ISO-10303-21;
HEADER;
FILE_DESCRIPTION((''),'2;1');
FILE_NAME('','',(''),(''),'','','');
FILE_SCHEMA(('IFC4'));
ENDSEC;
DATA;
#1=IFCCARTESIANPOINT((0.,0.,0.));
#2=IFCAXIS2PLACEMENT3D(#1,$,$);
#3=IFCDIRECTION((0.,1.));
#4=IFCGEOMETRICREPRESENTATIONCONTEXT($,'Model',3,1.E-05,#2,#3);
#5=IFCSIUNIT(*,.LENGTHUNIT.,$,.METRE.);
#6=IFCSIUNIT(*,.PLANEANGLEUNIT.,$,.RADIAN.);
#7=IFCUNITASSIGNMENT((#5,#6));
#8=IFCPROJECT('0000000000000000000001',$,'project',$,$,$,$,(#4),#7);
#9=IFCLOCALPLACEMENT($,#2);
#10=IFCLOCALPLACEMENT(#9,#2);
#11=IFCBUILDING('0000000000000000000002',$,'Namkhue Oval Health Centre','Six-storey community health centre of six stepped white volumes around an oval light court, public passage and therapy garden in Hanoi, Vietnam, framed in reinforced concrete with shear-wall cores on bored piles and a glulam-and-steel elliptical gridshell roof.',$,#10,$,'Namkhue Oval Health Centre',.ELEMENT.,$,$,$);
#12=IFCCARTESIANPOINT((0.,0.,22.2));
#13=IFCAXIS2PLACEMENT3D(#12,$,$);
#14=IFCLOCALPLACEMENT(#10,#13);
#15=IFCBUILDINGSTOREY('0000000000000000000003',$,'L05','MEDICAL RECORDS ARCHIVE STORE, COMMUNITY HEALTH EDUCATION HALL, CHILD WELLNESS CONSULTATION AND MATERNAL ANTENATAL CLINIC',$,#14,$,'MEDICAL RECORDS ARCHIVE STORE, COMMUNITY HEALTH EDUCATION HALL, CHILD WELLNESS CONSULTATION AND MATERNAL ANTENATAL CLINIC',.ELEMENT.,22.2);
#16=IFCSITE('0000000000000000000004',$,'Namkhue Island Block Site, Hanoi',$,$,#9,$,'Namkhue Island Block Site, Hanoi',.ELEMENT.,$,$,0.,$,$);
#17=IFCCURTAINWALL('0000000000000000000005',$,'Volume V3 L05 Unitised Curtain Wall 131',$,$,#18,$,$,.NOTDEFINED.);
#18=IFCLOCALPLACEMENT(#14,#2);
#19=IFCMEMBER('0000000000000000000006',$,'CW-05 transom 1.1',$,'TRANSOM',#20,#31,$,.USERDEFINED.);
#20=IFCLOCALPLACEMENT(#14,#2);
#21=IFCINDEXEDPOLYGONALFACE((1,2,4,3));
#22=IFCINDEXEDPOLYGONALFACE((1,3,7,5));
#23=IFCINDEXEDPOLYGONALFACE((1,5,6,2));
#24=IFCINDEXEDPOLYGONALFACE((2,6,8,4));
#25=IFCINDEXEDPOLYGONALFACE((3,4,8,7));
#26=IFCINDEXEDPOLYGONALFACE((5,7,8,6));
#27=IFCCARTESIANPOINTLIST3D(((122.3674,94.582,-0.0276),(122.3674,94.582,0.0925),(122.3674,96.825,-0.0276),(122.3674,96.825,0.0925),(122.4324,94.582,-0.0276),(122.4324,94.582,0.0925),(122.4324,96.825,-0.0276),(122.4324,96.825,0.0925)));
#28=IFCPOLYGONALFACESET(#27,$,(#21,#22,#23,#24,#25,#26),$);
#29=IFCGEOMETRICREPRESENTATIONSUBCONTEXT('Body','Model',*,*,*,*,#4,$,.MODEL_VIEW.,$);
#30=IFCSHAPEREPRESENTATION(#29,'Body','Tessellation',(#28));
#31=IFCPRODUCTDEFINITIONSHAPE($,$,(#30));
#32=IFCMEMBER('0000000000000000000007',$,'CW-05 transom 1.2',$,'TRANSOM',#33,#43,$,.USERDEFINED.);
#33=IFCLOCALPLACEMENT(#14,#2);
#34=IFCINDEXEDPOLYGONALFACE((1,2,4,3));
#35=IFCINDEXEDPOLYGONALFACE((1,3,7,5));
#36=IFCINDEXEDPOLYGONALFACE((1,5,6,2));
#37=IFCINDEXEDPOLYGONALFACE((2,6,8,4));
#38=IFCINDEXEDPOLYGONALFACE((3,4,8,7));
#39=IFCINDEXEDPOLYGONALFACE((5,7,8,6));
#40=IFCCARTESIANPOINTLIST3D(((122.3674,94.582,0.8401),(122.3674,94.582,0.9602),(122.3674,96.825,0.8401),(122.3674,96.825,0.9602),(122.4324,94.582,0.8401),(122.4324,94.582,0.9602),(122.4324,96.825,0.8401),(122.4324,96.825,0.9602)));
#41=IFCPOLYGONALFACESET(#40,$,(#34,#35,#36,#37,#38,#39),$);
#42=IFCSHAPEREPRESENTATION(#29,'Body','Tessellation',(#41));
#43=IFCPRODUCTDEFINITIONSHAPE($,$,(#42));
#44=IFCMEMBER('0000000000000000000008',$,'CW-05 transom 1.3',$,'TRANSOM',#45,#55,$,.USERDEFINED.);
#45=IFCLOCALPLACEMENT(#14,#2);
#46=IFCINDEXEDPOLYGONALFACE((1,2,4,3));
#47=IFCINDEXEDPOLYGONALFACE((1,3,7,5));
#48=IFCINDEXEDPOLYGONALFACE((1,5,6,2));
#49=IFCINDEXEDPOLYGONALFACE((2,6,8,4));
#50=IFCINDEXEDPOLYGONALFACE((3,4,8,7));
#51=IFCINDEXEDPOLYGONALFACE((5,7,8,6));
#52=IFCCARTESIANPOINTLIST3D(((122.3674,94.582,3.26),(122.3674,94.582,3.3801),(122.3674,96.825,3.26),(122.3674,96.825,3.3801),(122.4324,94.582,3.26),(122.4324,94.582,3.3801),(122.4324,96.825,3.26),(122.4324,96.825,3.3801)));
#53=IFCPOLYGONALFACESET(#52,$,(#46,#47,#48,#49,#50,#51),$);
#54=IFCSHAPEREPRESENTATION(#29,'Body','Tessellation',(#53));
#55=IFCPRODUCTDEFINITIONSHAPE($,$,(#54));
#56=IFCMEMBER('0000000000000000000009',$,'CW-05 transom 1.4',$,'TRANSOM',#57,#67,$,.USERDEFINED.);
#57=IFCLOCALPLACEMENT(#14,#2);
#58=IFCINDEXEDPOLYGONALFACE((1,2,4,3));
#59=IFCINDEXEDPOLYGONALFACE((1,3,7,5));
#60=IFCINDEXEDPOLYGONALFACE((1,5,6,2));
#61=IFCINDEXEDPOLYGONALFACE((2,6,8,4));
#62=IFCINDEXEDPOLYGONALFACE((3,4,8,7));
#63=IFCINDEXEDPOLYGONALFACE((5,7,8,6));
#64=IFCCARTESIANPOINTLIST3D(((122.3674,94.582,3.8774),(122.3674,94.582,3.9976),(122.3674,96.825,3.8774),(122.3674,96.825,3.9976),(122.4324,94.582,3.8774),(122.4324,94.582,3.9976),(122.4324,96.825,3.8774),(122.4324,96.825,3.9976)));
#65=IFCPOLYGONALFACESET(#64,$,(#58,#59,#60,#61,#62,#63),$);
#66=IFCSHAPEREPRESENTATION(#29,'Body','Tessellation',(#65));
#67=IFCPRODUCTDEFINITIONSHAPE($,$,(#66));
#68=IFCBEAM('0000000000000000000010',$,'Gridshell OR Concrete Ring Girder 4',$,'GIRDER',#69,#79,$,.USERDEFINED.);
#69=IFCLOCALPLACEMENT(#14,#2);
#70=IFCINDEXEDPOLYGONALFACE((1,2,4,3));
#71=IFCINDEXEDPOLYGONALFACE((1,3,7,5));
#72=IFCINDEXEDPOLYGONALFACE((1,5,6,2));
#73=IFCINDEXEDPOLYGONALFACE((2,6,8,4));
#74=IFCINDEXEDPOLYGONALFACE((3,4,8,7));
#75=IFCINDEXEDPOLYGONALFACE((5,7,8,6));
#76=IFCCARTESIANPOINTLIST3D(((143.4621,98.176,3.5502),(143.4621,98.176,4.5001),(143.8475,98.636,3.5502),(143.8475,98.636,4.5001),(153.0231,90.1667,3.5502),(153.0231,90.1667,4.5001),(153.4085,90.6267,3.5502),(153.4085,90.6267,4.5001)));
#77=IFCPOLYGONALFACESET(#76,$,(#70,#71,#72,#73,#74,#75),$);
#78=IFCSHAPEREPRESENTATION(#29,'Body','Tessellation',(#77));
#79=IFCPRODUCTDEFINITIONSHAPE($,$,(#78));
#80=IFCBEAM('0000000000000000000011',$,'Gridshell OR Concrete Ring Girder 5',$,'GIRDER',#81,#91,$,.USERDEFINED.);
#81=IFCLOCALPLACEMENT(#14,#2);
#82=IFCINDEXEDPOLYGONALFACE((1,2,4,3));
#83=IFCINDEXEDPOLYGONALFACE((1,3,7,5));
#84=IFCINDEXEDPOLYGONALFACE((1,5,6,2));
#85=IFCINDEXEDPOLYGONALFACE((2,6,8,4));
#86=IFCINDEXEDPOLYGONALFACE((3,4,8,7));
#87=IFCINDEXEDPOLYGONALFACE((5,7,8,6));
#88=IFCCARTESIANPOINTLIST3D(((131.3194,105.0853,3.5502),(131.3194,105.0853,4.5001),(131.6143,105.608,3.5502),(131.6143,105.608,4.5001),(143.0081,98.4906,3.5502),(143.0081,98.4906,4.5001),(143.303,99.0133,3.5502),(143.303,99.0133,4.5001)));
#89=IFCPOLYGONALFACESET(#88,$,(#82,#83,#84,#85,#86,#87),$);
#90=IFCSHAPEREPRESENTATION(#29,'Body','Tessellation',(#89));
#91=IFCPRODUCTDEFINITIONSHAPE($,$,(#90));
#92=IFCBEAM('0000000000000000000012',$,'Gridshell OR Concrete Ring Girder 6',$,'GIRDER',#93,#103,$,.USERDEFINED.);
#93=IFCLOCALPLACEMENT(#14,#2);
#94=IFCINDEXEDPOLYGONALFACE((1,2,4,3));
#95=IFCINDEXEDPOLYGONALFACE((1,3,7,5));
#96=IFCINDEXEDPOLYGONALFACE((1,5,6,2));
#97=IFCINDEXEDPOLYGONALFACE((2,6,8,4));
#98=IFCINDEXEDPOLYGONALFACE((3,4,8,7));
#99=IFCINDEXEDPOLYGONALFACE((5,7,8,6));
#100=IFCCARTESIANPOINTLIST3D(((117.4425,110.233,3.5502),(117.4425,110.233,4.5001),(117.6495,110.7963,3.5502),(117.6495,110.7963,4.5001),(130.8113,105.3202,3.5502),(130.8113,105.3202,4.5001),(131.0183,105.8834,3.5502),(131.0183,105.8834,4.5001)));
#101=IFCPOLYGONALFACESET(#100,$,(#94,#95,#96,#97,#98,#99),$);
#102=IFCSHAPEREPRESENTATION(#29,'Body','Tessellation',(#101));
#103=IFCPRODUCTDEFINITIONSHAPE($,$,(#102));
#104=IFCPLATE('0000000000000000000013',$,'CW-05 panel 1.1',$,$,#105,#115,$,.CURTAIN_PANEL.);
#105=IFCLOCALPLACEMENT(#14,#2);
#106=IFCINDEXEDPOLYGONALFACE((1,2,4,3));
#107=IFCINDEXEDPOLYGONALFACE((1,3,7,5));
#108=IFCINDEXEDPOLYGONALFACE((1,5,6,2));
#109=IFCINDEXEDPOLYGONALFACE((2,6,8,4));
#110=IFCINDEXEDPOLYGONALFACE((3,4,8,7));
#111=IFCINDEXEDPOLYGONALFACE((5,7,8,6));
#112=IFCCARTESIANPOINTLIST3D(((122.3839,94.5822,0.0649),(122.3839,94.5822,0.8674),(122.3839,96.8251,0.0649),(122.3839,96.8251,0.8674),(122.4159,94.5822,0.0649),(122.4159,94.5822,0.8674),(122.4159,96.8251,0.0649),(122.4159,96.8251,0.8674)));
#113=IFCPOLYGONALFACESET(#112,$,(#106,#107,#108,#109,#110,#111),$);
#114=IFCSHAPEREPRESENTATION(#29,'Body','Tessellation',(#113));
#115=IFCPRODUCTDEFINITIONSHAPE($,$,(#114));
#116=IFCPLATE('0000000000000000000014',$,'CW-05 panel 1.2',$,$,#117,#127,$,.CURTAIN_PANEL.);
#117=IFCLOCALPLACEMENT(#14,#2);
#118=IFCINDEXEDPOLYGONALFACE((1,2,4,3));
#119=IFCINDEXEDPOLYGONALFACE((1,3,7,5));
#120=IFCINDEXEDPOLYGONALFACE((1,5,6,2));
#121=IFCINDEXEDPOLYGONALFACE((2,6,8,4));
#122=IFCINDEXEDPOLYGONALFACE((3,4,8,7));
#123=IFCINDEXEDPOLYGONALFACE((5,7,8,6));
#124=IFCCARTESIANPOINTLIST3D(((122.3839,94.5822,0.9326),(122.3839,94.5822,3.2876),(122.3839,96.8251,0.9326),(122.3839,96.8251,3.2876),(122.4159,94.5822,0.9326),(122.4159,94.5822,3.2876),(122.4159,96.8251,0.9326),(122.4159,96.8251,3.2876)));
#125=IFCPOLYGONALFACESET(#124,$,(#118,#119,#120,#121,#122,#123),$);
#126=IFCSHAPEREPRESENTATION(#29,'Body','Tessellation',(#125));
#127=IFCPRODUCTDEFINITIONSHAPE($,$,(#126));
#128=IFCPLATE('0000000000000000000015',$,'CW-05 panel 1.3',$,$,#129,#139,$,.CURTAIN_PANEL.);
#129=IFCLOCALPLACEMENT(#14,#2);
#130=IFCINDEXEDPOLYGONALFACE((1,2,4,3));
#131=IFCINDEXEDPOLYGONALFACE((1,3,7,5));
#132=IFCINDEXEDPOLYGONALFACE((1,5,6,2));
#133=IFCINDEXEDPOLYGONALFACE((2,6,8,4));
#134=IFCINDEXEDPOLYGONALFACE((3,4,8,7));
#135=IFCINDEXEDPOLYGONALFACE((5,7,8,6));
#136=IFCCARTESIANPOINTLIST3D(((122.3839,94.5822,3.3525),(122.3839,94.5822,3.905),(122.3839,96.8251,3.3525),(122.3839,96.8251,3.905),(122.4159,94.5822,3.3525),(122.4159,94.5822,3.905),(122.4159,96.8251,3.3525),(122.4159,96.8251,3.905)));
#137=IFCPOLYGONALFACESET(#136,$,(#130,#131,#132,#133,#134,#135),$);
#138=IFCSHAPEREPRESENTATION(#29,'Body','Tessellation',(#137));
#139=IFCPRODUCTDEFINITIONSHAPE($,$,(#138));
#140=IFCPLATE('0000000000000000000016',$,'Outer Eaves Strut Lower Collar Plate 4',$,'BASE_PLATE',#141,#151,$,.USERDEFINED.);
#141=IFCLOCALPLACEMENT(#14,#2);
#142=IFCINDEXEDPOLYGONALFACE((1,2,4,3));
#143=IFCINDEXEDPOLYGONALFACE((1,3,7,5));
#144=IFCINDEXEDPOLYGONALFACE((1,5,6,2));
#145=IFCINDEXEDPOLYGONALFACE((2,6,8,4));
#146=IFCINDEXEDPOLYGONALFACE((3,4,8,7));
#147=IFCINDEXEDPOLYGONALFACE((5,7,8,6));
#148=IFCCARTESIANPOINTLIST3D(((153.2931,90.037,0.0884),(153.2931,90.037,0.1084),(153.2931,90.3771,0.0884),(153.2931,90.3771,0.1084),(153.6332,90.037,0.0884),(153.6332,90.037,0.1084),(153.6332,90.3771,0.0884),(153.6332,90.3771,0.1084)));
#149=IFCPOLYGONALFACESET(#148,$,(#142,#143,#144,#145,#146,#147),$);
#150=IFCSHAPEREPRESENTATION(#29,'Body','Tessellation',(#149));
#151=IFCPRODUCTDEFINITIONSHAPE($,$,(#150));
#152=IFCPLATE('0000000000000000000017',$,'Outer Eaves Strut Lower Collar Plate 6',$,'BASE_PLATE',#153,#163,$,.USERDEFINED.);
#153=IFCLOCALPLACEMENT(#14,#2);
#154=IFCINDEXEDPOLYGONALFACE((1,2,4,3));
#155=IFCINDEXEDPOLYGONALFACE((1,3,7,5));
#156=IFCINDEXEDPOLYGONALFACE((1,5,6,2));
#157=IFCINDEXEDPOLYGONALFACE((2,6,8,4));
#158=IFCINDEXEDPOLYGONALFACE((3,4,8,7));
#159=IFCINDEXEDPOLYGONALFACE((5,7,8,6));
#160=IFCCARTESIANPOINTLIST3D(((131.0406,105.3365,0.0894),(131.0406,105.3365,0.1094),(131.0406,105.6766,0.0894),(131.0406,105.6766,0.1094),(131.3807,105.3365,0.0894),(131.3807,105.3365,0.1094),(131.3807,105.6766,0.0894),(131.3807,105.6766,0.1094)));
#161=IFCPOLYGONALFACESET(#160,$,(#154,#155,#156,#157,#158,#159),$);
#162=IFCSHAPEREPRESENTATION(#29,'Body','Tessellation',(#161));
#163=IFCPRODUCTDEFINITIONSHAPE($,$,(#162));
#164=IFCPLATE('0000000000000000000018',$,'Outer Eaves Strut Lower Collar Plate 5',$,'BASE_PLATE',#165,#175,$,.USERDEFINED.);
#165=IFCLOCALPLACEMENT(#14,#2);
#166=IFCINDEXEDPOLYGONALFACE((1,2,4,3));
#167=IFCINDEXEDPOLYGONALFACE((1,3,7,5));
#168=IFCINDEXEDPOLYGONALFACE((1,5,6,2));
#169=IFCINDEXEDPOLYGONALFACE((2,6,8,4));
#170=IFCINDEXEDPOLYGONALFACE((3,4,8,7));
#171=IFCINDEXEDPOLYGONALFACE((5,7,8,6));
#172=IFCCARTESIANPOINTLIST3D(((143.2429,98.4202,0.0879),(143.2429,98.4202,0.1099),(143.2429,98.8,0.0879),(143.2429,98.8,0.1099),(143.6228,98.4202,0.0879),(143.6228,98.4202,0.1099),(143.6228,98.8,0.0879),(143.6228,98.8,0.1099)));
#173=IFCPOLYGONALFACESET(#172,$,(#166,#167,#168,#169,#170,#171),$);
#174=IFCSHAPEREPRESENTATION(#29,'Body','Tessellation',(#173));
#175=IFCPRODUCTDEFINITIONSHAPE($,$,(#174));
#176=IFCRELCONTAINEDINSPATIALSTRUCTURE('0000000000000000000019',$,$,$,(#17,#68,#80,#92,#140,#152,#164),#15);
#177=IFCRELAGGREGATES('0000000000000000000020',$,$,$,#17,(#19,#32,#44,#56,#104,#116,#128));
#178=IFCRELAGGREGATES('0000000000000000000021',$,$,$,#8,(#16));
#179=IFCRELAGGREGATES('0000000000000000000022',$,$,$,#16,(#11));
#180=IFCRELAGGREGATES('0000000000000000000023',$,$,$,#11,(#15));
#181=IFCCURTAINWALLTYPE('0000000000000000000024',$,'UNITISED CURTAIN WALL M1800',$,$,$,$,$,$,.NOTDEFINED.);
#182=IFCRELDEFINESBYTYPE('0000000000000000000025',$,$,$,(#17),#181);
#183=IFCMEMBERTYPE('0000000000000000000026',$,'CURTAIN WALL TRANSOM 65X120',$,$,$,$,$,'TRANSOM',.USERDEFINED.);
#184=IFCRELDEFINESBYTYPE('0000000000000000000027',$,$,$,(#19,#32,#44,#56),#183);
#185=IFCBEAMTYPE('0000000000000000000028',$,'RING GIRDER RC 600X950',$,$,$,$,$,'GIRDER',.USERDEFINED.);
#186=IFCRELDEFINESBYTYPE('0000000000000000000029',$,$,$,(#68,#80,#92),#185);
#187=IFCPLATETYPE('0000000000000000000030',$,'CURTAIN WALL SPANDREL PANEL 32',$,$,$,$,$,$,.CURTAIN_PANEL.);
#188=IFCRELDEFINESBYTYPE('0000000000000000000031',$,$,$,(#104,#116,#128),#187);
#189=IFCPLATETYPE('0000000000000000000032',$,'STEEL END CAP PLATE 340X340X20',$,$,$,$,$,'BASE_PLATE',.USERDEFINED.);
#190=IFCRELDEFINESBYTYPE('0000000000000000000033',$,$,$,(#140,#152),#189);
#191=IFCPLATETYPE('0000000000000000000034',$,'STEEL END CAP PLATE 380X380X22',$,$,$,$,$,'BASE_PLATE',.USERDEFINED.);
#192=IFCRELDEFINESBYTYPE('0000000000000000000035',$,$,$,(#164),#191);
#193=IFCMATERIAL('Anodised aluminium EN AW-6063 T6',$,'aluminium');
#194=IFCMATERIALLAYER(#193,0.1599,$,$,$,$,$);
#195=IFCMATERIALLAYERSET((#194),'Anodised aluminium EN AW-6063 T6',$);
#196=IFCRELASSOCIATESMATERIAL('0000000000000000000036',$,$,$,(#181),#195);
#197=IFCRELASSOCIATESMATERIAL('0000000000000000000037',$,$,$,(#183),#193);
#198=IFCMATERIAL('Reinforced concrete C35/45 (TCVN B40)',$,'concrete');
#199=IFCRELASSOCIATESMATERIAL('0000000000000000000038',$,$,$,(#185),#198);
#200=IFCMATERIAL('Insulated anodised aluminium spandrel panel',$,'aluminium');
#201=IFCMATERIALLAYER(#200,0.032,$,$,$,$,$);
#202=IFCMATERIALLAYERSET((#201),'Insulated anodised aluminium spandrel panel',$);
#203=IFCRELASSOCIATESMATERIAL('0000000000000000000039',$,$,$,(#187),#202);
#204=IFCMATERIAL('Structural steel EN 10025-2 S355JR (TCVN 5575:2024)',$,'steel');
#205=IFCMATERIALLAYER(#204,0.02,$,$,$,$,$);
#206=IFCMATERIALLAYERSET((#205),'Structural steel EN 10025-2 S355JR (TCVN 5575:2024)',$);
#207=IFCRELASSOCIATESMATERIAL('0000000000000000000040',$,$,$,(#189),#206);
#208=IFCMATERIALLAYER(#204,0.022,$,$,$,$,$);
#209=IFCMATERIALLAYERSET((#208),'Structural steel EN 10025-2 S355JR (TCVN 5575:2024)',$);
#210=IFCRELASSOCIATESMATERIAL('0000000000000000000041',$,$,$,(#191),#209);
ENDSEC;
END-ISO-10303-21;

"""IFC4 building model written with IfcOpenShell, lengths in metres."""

from ifc_helpers import new_model, si_unit, direction, frame, origin, origin_2d, place, context, subcontext, project, spatial, rectangle, extrude, material, layer, layer_set, material_profile, profile_set, type_object, element, aggregate, save


model = new_model("IFC4")

# Units and contexts
model_context = context("Model", 3, precision=1e-05, world=origin(), true_north=direction((0.0, 1.0)))
body_context = subcontext(model_context, "Body", "Model", "MODEL_VIEW")
ifc_project = project(units=[si_unit("LENGTHUNIT", "METRE"), si_unit("PLANEANGLEUNIT", "RADIAN")], contexts=[model_context])

# Site, building, storey
site_placement = place(None, origin())
site = spatial("IfcSite", under=ifc_project, at=site_placement, Name="Namkhue Island Block Site, Hanoi", LongName="Namkhue Island Block Site, Hanoi", CompositionType="ELEMENT", RefElevation=0.0)
building_placement = place(site_placement, origin())
building = spatial("IfcBuilding", under=site, at=building_placement, Name="Namkhue Oval Health Centre", Description="Six-storey community health centre of six stepped white volumes around an oval light court, public passage and therapy garden in Hanoi, Vietnam, framed in reinforced concrete with shear-wall cores on bored piles and a glulam-and-steel elliptical gridshell roof.", LongName="Namkhue Oval Health Centre", CompositionType="ELEMENT")
storey_placement = place(building_placement, frame((0.0, 0.0, 22.2)))
storey = spatial("IfcBuildingStorey", under=building, at=storey_placement, Name="L05", Description="MEDICAL RECORDS ARCHIVE STORE, COMMUNITY HEALTH EDUCATION HALL, CHILD WELLNESS CONSULTATION AND MATERNAL ANTENATAL CLINIC", LongName="MEDICAL RECORDS ARCHIVE STORE, COMMUNITY HEALTH EDUCATION HALL, CHILD WELLNESS CONSULTATION AND MATERNAL ANTENATAL CLINIC", CompositionType="ELEMENT", Elevation=22.2)

# Shared definitions
ifc_material_1 = material(Name="Reinforced concrete C35/45 (TCVN B40)", Category="concrete")

# Shared definitions
ifc_material_2 = material(Name="Structural steel EN 10025-2 S355JR (TCVN 5575:2024)", Category="steel")

# Curtain wall, members
ifc_material_3 = material(Name="Anodised aluminium EN AW-6063 T6", Category="aluminium")
ifc_layer_1 = layer(ifc_material_3, 0.1599)
ifc_layer_set_1 = layer_set([ifc_layer_1], Name="Anodised aluminium EN AW-6063 T6")
curtain_wall_type = type_object("IfcCurtainWallType", Name="UNITISED CURTAIN WALL M1800", PredefinedType="NOTDEFINED", material=ifc_layer_set_1)
curtain_wall_placement = place(storey_placement, origin())
curtain_wall = element("IfcCurtainWall", 1, at=curtain_wall_placement, inside=storey, type_object=curtain_wall_type, Name="Volume V3 L05 Unitised Curtain Wall 131", PredefinedType="NOTDEFINED")
ifc_material_profile_1 = material_profile(ifc_material_3, rectangle(XDim=0.0649, YDim=0.1201, at=origin_2d()), Name="ALU 65x120")
ifc_profile_set_1 = profile_set([ifc_material_profile_1], Name="Anodised aluminium EN AW-6063 T6")
member_type_1 = type_object("IfcMemberType", Name="CURTAIN WALL TRANSOM 65X120", ElementType="TRANSOM", PredefinedType="USERDEFINED", material=ifc_profile_set_1)
member_1_placement = place(storey_placement, frame((122.3999, 94.582, 0.0325), z_axis=(0.0, 1.0, 0.0), x_axis=(-1.0, 0.0, 0.0)))
member_1 = element("IfcMember", 2, at=member_1_placement, type_object=member_type_1, Name="CW-05 transom 1.1", ObjectType="TRANSOM", PredefinedType="USERDEFINED", context=body_context, shape_type="SweptSolid", body=[
    extrude(rectangle(XDim=0.0649, YDim=0.1201, at=origin_2d()), origin(), (0.0, 0.0, 1.0), 2.2429),
])
member_2_placement = place(storey_placement, frame((122.3999, 94.582, 0.9001), z_axis=(0.0, 1.0, 0.0), x_axis=(-1.0, 0.0, 0.0)))
member_2 = element("IfcMember", 3, at=member_2_placement, type_object=member_type_1, Name="CW-05 transom 1.2", ObjectType="TRANSOM", PredefinedType="USERDEFINED", context=body_context, shape_type="SweptSolid", body=[
    extrude(rectangle(XDim=0.0649, YDim=0.1201, at=origin_2d()), origin(), (0.0, 0.0, 1.0), 2.2429),
])
member_3_placement = place(storey_placement, frame((122.3999, 94.582, 3.3201), z_axis=(0.0, 1.0, 0.0), x_axis=(-1.0, 0.0, 0.0)))
member_3 = element("IfcMember", 4, at=member_3_placement, type_object=member_type_1, Name="CW-05 transom 1.3", ObjectType="TRANSOM", PredefinedType="USERDEFINED", context=body_context, shape_type="SweptSolid", body=[
    extrude(rectangle(XDim=0.0649, YDim=0.1201, at=origin_2d()), origin(), (0.0, 0.0, 1.0), 2.2429),
])
member_4_placement = place(storey_placement, frame((122.3999, 94.582, 3.9375), z_axis=(0.0, 1.0, 0.0), x_axis=(-1.0, 0.0, 0.0)))
member_4 = element("IfcMember", 5, at=member_4_placement, type_object=member_type_1, Name="CW-05 transom 1.4", ObjectType="TRANSOM", PredefinedType="USERDEFINED", context=body_context, shape_type="SweptSolid", body=[
    extrude(rectangle(XDim=0.0649, YDim=0.1201, at=origin_2d()), origin(), (0.0, 0.0, 1.0), 2.2429),
])

# Beams
ifc_material_profile_2 = material_profile(ifc_material_1, rectangle(XDim=0.6001, YDim=0.95, at=origin_2d()), Name="RC 600x950")
ifc_profile_set_2 = profile_set([ifc_material_profile_2], Name="Reinforced concrete C35/45 (TCVN B40)")
beam_type = type_object("IfcBeamType", Name="RING GIRDER RC 600X950", ElementType="GIRDER", PredefinedType="USERDEFINED", material=ifc_profile_set_2)
beam_1_placement = place(storey_placement, frame((153.2158, 90.3967, 4.0251), z_axis=(-0.766573, 0.642158, 0.0), x_axis=(-0.642158, -0.766573, 0.0)))
element("IfcBeam", 6, at=beam_1_placement, inside=storey, type_object=beam_type, Name="Gridshell OR Concrete Ring Girder 4", ObjectType="GIRDER", PredefinedType="USERDEFINED", context=body_context, shape_type="SweptSolid", body=[
    extrude(rectangle(XDim=0.6001, YDim=0.95, at=origin_2d()), origin(), (0.0, 0.0, 1.0), 12.4724),
])
beam_2_placement = place(storey_placement, frame((143.1555, 98.752, 4.0251), z_axis=(-0.870944, 0.491383, 0.0), x_axis=(-0.491383, -0.870944, 0.0)))
element("IfcBeam", 7, at=beam_2_placement, inside=storey, type_object=beam_type, Name="Gridshell OR Concrete Ring Girder 5", ObjectType="GIRDER", PredefinedType="USERDEFINED", context=body_context, shape_type="SweptSolid", body=[
    extrude(rectangle(XDim=0.6001, YDim=0.95, at=origin_2d()), origin(), (0.0, 0.0, 1.0), 13.4207),
])
beam_3_placement = place(storey_placement, frame((130.9148, 105.6018, 4.0251), z_axis=(-0.938628, 0.34493, 0.0), x_axis=(-0.34493, -0.938628, 0.0)))
element("IfcBeam", 8, at=beam_3_placement, inside=storey, type_object=beam_type, Name="Gridshell OR Concrete Ring Girder 6", ObjectType="GIRDER", PredefinedType="USERDEFINED", context=body_context, shape_type="SweptSolid", body=[
    extrude(rectangle(XDim=0.6001, YDim=0.95, at=origin_2d()), origin(), (0.0, 0.0, 1.0), 14.2429),
])

# Plates
ifc_material_4 = material(Name="Insulated anodised aluminium spandrel panel", Category="aluminium")
ifc_layer_2 = layer(ifc_material_4, 0.032)
ifc_layer_set_2 = layer_set([ifc_layer_2], Name="Insulated anodised aluminium spandrel panel")
plate_type_1 = type_object("IfcPlateType", Name="CURTAIN WALL SPANDREL PANEL 32", PredefinedType="CURTAIN_PANEL", material=ifc_layer_set_2)
plate_1_placement = place(storey_placement, frame((122.3999, 95.7036, 0.0649), z_axis=(0.0, 0.0, 1.0), x_axis=(0.0, 1.0, 0.0)))
plate_1 = element("IfcPlate", 9, at=plate_1_placement, type_object=plate_type_1, Name="CW-05 panel 1.1", PredefinedType="CURTAIN_PANEL", context=body_context, shape_type="SweptSolid", body=[
    extrude(rectangle(XDim=2.2429, YDim=0.032, at=origin_2d()), origin(), (0.0, 0.0, 1.0), 0.8025),
])
plate_2_placement = place(storey_placement, frame((122.3999, 95.7036, 0.9326), z_axis=(0.0, 0.0, 1.0), x_axis=(0.0, 1.0, 0.0)))
plate_2 = element("IfcPlate", 10, at=plate_2_placement, type_object=plate_type_1, Name="CW-05 panel 1.2", PredefinedType="CURTAIN_PANEL", context=body_context, shape_type="SweptSolid", body=[
    extrude(rectangle(XDim=2.2429, YDim=0.032, at=origin_2d()), origin(), (0.0, 0.0, 1.0), 2.355),
])
plate_3_placement = place(storey_placement, frame((122.3999, 95.7036, 3.3525), z_axis=(0.0, 0.0, 1.0), x_axis=(0.0, 1.0, 0.0)))
plate_3 = element("IfcPlate", 11, at=plate_3_placement, type_object=plate_type_1, Name="CW-05 panel 1.3", PredefinedType="CURTAIN_PANEL", context=body_context, shape_type="SweptSolid", body=[
    extrude(rectangle(XDim=2.2429, YDim=0.032, at=origin_2d()), origin(), (0.0, 0.0, 1.0), 0.5525),
])
aggregate(curtain_wall, [member_1, member_2, member_3, member_4, plate_1, plate_2, plate_3])

# Plates
ifc_layer_3 = layer(ifc_material_2, 0.02)
ifc_layer_set_3 = layer_set([ifc_layer_3], Name="Structural steel EN 10025-2 S355JR (TCVN 5575:2024)")
plate_type_2 = type_object("IfcPlateType", Name="STEEL END CAP PLATE 340X340X20", ElementType="BASE_PLATE", PredefinedType="USERDEFINED", material=ifc_layer_set_3)
for number, where, z_axis, x_axis, name in (
    (12, (153.4631, 90.207, 0.0884), (0.0, 0.0, 1.0), (1.0, 0.0, 0.0), "Outer Eaves Strut Lower Collar Plate 4"),
    (13, (131.2107, 105.5066, 0.0894), (0.0, 0.0, 1.0), (1.0, 0.0, 0.0), "Outer Eaves Strut Lower Collar Plate 6"),
):
    element("IfcPlate", number, at=place(storey_placement, frame(where, z_axis=z_axis, x_axis=x_axis)), inside=storey, type_object=plate_type_2, Name=name, ObjectType="BASE_PLATE", PredefinedType="USERDEFINED", context=body_context, shape_type="SweptSolid", body=[
        extrude(rectangle(XDim=0.3401, YDim=0.3401, at=origin_2d()), origin(), (0.0, 0.0, 1.0), 0.02),
    ])
ifc_layer_4 = layer(ifc_material_2, 0.022)
ifc_layer_set_4 = layer_set([ifc_layer_4], Name="Structural steel EN 10025-2 S355JR (TCVN 5575:2024)")
plate_type_3 = type_object("IfcPlateType", Name="STEEL END CAP PLATE 380X380X22", ElementType="BASE_PLATE", PredefinedType="USERDEFINED", material=ifc_layer_set_4)
plate_4_placement = place(storey_placement, frame((143.4329, 98.6101, 0.0879), z_axis=(0.0, 0.0, 1.0), x_axis=(1.0, 0.0, 0.0)))
element("IfcPlate", 14, at=plate_4_placement, inside=storey, type_object=plate_type_3, Name="Outer Eaves Strut Lower Collar Plate 5", ObjectType="BASE_PLATE", PredefinedType="USERDEFINED", context=body_context, shape_type="SweptSolid", body=[
    extrude(rectangle(XDim=0.3799, YDim=0.3799, at=origin_2d()), origin(), (0.0, 0.0, 1.0), 0.022),
])

save(model, "model.ifc")
